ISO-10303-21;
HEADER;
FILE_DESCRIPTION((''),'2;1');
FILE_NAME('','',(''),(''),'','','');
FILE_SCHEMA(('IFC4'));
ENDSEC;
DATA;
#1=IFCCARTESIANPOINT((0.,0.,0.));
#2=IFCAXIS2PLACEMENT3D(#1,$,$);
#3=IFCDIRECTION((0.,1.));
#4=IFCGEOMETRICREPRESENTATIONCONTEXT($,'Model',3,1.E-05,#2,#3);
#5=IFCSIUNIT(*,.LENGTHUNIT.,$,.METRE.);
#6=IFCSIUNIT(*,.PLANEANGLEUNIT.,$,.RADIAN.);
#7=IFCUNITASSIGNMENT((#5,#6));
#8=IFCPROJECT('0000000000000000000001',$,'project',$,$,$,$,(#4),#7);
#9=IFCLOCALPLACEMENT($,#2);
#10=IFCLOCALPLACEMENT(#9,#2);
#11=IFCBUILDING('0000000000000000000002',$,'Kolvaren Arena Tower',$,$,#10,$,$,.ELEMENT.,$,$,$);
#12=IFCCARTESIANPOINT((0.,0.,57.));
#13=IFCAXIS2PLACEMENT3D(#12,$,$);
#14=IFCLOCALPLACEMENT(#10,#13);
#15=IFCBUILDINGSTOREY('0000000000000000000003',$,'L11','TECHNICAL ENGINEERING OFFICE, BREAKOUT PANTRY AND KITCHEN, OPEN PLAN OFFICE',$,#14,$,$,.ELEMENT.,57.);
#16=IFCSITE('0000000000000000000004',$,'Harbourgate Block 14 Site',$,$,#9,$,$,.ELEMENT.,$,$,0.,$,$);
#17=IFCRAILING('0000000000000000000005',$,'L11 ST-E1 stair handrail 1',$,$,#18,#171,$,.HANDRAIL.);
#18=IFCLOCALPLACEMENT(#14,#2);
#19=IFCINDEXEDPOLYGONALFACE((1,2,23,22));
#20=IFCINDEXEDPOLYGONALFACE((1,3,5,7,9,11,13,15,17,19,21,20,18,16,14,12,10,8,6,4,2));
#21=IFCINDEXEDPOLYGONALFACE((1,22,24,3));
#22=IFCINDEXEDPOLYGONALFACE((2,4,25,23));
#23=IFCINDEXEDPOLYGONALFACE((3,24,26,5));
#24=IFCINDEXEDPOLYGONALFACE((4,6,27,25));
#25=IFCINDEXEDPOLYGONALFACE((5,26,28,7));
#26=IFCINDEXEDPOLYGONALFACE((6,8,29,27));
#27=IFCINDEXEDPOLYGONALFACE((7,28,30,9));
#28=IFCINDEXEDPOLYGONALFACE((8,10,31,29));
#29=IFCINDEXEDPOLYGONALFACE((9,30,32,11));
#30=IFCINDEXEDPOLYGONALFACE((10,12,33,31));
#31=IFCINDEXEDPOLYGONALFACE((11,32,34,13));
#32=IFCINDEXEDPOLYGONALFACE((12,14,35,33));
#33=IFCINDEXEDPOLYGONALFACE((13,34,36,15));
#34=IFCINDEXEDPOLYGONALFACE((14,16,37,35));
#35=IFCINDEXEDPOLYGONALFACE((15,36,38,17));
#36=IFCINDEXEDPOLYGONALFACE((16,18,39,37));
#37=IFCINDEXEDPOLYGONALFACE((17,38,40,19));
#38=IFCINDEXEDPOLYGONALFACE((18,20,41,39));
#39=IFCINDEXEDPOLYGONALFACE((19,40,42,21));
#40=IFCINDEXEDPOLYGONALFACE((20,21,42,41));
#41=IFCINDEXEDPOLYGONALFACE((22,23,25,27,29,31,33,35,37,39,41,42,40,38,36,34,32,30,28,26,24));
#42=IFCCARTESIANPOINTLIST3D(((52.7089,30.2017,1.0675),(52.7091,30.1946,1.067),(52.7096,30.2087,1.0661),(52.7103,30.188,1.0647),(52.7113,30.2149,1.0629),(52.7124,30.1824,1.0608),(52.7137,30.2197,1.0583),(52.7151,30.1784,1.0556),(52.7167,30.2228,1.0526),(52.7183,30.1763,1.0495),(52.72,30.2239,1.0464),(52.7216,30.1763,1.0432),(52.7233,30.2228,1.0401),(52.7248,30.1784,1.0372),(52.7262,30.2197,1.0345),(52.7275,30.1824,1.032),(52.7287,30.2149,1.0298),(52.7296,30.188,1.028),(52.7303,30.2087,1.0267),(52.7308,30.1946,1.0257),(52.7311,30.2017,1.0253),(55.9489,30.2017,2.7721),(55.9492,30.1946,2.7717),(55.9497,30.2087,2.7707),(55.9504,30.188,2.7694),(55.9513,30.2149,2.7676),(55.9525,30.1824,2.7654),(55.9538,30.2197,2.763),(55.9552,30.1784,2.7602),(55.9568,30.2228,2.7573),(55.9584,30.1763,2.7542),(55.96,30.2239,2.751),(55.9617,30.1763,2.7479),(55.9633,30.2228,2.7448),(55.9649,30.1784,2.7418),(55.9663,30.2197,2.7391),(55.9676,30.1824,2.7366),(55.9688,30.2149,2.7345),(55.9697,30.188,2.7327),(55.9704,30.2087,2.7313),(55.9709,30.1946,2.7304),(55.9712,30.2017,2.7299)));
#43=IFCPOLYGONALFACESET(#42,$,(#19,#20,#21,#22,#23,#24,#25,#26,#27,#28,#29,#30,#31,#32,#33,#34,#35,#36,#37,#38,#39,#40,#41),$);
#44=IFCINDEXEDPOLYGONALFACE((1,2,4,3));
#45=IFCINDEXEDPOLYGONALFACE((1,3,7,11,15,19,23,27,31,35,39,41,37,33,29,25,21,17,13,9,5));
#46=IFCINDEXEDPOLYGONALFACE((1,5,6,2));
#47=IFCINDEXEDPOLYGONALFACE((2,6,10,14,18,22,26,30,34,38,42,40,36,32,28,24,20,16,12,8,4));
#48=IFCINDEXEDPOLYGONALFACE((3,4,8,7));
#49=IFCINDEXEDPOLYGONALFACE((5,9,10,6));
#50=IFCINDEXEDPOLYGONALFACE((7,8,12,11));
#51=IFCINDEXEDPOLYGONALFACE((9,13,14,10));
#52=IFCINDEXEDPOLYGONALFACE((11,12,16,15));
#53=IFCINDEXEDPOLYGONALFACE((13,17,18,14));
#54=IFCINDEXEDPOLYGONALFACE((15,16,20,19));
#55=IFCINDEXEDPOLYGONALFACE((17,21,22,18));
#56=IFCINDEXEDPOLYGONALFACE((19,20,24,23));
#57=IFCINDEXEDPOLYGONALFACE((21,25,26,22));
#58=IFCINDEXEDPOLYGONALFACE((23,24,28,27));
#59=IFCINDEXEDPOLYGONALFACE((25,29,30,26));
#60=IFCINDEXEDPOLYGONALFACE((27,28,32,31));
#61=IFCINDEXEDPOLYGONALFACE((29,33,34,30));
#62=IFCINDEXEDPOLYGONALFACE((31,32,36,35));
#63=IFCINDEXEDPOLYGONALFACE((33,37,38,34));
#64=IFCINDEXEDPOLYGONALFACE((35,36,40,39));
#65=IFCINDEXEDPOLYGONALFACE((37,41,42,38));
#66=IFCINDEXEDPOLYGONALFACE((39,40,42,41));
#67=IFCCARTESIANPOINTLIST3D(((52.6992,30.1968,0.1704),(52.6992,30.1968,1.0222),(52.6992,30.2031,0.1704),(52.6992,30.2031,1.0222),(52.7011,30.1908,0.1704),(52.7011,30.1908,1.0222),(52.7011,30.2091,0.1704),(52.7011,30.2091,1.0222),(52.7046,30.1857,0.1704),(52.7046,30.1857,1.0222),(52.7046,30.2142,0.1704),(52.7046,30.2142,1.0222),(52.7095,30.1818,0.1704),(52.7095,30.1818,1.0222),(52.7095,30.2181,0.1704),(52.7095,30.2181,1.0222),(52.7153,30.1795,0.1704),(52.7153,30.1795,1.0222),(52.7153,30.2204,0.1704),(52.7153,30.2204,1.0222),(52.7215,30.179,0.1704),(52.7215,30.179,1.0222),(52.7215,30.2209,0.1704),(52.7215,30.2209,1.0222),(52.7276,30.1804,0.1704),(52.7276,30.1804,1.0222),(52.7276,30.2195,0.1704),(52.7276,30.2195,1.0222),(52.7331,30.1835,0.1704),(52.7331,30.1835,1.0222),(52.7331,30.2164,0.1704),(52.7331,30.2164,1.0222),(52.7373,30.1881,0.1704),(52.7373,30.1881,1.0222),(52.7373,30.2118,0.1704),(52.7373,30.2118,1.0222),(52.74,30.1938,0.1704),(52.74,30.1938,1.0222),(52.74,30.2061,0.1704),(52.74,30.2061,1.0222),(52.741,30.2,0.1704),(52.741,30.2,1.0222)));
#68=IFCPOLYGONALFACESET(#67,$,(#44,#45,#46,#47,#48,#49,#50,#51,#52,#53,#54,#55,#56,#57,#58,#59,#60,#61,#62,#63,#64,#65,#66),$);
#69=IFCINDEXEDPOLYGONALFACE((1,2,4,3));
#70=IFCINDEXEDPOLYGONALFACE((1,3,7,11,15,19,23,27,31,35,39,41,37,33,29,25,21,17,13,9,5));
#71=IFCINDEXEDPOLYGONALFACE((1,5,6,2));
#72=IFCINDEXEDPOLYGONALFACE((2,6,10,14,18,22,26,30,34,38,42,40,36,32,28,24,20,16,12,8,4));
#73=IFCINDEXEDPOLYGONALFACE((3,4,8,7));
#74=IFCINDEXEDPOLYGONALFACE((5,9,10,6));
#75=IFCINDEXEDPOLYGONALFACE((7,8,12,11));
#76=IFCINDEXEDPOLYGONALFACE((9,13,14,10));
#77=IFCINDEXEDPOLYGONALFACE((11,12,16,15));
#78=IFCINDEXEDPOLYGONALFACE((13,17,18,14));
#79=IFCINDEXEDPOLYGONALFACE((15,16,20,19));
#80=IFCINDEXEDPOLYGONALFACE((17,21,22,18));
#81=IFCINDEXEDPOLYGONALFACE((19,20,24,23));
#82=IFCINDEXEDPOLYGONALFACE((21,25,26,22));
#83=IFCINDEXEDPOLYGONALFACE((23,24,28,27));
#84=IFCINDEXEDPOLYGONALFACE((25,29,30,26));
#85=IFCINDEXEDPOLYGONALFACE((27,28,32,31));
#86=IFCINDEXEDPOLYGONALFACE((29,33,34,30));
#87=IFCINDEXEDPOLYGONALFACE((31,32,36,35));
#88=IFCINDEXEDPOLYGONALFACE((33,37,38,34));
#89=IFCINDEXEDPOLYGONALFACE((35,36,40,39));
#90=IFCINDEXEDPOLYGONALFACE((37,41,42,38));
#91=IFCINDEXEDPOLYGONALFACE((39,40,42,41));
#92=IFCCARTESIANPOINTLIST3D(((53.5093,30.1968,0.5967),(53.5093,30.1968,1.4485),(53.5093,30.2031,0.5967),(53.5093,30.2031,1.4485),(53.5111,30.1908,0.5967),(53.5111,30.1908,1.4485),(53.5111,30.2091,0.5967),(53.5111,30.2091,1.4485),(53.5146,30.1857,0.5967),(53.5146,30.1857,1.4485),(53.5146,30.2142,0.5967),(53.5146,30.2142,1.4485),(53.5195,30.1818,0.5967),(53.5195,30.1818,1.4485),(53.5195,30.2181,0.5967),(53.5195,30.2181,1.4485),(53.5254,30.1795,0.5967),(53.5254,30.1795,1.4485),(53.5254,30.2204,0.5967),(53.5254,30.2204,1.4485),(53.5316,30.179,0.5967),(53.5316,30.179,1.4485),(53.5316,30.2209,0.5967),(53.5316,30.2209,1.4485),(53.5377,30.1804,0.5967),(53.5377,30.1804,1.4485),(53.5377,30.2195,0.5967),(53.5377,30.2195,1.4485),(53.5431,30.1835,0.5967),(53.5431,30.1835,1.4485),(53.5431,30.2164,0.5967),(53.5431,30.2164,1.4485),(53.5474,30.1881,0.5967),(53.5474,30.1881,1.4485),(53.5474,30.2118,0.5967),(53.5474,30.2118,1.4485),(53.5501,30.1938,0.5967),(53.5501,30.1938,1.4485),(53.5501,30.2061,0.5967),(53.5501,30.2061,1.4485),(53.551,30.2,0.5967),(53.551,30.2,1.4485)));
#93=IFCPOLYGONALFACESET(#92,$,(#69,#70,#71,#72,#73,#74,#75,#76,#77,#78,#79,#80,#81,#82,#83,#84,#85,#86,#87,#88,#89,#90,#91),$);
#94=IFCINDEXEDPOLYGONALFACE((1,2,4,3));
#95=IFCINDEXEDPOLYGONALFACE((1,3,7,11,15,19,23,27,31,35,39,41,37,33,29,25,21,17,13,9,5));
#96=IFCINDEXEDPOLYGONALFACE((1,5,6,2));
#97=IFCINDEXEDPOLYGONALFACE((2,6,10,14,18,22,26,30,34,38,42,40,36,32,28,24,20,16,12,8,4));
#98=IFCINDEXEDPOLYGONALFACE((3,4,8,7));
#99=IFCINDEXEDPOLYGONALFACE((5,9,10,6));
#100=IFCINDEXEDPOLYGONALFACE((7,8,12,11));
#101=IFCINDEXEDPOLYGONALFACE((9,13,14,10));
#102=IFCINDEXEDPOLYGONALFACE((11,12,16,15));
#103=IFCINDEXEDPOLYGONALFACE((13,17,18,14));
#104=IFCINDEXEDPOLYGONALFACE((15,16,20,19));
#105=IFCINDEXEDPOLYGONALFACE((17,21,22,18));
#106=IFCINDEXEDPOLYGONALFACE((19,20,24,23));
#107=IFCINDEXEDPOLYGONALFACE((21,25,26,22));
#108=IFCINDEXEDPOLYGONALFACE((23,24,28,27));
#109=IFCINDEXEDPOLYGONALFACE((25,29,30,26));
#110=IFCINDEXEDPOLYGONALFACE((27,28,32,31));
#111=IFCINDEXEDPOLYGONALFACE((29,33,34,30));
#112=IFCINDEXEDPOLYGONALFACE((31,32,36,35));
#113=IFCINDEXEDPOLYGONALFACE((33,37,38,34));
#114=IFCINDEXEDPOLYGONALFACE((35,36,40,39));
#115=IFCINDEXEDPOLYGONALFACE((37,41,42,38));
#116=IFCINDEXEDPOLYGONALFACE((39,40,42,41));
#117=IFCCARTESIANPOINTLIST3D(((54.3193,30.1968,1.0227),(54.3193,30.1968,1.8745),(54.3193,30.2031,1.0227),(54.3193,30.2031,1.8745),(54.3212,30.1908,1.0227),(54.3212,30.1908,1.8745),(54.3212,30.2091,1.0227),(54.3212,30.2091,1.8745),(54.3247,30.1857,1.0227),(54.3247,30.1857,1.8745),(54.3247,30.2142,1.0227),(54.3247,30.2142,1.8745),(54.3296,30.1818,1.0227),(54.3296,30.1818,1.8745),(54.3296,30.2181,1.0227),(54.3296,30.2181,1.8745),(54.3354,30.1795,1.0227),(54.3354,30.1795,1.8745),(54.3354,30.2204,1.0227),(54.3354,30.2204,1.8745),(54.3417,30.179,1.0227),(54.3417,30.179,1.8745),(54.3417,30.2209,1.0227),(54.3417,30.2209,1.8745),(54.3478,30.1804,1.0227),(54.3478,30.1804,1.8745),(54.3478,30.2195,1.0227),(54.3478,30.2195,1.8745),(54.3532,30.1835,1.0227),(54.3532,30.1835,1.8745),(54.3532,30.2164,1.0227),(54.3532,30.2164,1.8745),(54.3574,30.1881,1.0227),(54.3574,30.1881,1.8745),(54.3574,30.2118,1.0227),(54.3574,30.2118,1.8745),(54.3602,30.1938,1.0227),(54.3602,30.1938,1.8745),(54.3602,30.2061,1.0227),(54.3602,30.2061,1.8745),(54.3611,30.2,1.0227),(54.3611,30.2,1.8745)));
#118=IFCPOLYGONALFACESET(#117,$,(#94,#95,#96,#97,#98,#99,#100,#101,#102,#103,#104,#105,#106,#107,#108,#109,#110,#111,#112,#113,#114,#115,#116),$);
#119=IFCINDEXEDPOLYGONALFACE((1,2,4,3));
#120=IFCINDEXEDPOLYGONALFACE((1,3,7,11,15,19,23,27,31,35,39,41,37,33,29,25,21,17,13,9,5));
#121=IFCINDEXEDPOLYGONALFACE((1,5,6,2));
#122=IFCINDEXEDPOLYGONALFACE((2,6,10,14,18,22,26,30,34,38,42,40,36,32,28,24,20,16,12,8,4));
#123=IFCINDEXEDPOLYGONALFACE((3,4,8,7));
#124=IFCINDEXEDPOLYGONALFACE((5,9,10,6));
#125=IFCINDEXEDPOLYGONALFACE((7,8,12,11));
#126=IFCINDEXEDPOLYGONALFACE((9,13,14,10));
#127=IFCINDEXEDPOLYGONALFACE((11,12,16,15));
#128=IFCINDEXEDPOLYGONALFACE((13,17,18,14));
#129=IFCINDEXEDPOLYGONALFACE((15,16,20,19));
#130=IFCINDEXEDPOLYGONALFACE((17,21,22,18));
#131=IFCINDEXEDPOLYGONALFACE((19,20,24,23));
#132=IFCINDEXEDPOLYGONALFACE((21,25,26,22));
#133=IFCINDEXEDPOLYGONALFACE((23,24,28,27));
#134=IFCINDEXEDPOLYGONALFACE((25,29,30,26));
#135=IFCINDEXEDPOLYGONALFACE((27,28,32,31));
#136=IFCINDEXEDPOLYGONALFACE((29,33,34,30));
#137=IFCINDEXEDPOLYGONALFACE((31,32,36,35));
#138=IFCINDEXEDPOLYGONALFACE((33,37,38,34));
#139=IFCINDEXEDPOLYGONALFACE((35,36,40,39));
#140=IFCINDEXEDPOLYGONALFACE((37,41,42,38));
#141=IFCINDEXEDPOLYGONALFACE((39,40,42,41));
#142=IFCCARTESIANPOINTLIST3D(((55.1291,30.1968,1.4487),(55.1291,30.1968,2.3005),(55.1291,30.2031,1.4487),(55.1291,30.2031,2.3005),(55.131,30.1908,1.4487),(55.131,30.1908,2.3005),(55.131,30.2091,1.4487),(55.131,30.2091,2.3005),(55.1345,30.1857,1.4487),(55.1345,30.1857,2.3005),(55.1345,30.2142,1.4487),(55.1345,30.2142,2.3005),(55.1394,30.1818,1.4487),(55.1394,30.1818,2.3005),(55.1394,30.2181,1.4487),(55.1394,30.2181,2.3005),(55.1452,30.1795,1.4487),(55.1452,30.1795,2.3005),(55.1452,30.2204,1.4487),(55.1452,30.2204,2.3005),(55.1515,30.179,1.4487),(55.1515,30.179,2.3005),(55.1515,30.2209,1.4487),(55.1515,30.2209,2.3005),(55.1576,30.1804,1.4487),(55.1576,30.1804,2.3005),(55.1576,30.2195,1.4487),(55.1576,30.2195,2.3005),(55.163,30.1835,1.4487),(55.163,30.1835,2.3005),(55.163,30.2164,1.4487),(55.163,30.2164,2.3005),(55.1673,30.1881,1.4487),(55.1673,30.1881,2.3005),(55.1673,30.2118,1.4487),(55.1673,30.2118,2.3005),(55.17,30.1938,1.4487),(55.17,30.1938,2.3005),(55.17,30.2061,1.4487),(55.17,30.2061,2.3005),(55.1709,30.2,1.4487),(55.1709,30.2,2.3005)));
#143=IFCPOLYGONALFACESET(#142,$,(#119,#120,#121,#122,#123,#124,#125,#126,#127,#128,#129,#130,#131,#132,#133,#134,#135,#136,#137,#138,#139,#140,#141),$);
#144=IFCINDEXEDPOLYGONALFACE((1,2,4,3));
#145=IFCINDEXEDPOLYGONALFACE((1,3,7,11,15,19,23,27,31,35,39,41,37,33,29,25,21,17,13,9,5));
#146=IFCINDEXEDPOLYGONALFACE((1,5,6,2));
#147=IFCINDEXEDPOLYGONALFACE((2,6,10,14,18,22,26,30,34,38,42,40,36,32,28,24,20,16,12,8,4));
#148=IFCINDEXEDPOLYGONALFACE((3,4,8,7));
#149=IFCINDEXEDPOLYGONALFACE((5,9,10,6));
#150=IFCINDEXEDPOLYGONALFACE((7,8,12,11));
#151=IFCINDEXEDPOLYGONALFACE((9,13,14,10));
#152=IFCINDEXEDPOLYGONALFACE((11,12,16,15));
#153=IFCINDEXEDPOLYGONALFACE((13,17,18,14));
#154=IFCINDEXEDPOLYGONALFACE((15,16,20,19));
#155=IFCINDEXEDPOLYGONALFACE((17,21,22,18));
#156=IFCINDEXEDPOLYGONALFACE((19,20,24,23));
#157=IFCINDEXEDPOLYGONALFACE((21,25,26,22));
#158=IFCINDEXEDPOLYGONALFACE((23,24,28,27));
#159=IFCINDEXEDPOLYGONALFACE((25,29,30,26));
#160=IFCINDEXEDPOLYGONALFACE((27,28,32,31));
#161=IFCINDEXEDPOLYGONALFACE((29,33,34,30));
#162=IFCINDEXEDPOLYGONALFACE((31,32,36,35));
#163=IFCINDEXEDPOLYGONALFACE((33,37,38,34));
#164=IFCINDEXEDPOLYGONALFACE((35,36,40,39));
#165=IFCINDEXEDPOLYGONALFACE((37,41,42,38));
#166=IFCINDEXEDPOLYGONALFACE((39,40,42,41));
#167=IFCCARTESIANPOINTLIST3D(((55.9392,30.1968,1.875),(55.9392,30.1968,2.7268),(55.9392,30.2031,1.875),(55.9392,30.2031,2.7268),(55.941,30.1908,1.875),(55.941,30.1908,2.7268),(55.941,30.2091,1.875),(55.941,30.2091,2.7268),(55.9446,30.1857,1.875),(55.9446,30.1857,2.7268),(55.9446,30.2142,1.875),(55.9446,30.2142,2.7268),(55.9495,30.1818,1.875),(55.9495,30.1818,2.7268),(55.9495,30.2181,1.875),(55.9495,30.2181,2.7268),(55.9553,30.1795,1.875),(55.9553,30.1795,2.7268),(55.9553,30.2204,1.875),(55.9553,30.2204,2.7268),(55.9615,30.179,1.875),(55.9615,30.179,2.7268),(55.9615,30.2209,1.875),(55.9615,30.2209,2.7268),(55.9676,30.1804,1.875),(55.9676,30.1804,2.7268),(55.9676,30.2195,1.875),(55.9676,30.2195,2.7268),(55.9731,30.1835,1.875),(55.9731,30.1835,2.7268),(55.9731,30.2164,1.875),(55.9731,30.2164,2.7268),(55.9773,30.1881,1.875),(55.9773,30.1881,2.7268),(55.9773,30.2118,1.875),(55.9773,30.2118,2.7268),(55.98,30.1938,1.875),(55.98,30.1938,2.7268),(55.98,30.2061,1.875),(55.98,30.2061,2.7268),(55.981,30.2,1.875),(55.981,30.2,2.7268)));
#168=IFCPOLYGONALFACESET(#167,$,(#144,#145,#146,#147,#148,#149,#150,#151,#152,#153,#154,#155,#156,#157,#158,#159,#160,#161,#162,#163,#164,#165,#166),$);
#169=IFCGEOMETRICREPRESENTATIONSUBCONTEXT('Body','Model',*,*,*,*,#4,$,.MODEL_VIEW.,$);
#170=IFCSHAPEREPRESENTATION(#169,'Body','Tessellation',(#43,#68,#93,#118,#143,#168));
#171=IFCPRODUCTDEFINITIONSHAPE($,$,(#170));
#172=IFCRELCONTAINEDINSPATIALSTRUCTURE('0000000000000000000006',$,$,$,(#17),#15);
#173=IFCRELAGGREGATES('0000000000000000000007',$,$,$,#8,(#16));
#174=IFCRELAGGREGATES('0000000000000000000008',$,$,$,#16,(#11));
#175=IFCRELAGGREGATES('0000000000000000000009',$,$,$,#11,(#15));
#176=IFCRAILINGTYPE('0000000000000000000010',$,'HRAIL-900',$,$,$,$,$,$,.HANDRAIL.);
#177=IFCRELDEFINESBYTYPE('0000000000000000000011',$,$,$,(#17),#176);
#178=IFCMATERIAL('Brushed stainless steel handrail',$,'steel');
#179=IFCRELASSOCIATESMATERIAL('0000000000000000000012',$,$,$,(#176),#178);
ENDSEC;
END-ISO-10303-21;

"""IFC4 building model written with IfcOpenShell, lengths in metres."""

from ifc_helpers import new_model, si_unit, direction, frame, origin, origin_2d, place, context, subcontext, project, spatial, circle, extrude, material, type_object, element, save


model = new_model("IFC4")

# Units and contexts
model_context = context("Model", 3, precision=1e-05, world=origin(), true_north=direction((0.0, 1.0)))
body_context = subcontext(model_context, "Body", "Model", "MODEL_VIEW")
ifc_project = project(units=[si_unit("LENGTHUNIT", "METRE"), si_unit("PLANEANGLEUNIT", "RADIAN")], contexts=[model_context])

# Site, building, storey
site_placement = place(None, origin())
site = spatial("IfcSite", under=ifc_project, at=site_placement, Name="Harbourgate Block 14 Site", CompositionType="ELEMENT", RefElevation=0.0)
building_placement = place(site_placement, origin())
building = spatial("IfcBuilding", under=site, at=building_placement, Name="Kolvaren Arena Tower", CompositionType="ELEMENT")
storey_placement = place(building_placement, frame((0.0, 0.0, 57.0)))
storey = spatial("IfcBuildingStorey", under=building, at=storey_placement, Name="L11", Description="TECHNICAL ENGINEERING OFFICE, BREAKOUT PANTRY AND KITCHEN, OPEN PLAN OFFICE", CompositionType="ELEMENT", Elevation=57.0)

# Railing
ifc_material_1 = material(Name="Brushed stainless steel handrail", Category="steel")
railing_type_1 = type_object("IfcRailingType", Name="HRAIL-900", PredefinedType="HANDRAIL", material=ifc_material_1)
for number, where, name in (
    (1, (52.72, 30.2, 0.1704), "L11 ST-E1 stair handrail 1"),
):
    element("IfcRailing", number, at=place(storey_placement, frame(where)), inside=storey, type_object=railing_type_1, Name=name, PredefinedType="HANDRAIL", context=body_context, shape_type="SweptSolid", body=[
        extrude(circle(Radius=0.0239, at=origin_2d()), frame((0.0, 0.0, 0.876), z_axis=(0.884993, 0.0, 0.465604), x_axis=(0.0, 1.0, 0.0)), (0.0, 0.0, 1.0), 3.6611),
        extrude(circle(Radius=0.021, at=origin_2d()), origin(), (0.0, 0.0, 1.0), 0.8518),
        extrude(circle(Radius=0.021, at=origin_2d()), frame((0.8101, 0.0, 0.4263)), (0.0, 0.0, 1.0), 0.8518),
        extrude(circle(Radius=0.021, at=origin_2d()), frame((1.6201, 0.0, 0.8523)), (0.0, 0.0, 1.0), 0.8518),
        extrude(circle(Radius=0.021, at=origin_2d()), frame((2.4299, 0.0, 1.2783)), (0.0, 0.0, 1.0), 0.8518),
        extrude(circle(Radius=0.021, at=origin_2d()), frame((3.24, 0.0, 1.7046)), (0.0, 0.0, 1.0), 0.8518),
    ])

save(model, "model.ifc")
